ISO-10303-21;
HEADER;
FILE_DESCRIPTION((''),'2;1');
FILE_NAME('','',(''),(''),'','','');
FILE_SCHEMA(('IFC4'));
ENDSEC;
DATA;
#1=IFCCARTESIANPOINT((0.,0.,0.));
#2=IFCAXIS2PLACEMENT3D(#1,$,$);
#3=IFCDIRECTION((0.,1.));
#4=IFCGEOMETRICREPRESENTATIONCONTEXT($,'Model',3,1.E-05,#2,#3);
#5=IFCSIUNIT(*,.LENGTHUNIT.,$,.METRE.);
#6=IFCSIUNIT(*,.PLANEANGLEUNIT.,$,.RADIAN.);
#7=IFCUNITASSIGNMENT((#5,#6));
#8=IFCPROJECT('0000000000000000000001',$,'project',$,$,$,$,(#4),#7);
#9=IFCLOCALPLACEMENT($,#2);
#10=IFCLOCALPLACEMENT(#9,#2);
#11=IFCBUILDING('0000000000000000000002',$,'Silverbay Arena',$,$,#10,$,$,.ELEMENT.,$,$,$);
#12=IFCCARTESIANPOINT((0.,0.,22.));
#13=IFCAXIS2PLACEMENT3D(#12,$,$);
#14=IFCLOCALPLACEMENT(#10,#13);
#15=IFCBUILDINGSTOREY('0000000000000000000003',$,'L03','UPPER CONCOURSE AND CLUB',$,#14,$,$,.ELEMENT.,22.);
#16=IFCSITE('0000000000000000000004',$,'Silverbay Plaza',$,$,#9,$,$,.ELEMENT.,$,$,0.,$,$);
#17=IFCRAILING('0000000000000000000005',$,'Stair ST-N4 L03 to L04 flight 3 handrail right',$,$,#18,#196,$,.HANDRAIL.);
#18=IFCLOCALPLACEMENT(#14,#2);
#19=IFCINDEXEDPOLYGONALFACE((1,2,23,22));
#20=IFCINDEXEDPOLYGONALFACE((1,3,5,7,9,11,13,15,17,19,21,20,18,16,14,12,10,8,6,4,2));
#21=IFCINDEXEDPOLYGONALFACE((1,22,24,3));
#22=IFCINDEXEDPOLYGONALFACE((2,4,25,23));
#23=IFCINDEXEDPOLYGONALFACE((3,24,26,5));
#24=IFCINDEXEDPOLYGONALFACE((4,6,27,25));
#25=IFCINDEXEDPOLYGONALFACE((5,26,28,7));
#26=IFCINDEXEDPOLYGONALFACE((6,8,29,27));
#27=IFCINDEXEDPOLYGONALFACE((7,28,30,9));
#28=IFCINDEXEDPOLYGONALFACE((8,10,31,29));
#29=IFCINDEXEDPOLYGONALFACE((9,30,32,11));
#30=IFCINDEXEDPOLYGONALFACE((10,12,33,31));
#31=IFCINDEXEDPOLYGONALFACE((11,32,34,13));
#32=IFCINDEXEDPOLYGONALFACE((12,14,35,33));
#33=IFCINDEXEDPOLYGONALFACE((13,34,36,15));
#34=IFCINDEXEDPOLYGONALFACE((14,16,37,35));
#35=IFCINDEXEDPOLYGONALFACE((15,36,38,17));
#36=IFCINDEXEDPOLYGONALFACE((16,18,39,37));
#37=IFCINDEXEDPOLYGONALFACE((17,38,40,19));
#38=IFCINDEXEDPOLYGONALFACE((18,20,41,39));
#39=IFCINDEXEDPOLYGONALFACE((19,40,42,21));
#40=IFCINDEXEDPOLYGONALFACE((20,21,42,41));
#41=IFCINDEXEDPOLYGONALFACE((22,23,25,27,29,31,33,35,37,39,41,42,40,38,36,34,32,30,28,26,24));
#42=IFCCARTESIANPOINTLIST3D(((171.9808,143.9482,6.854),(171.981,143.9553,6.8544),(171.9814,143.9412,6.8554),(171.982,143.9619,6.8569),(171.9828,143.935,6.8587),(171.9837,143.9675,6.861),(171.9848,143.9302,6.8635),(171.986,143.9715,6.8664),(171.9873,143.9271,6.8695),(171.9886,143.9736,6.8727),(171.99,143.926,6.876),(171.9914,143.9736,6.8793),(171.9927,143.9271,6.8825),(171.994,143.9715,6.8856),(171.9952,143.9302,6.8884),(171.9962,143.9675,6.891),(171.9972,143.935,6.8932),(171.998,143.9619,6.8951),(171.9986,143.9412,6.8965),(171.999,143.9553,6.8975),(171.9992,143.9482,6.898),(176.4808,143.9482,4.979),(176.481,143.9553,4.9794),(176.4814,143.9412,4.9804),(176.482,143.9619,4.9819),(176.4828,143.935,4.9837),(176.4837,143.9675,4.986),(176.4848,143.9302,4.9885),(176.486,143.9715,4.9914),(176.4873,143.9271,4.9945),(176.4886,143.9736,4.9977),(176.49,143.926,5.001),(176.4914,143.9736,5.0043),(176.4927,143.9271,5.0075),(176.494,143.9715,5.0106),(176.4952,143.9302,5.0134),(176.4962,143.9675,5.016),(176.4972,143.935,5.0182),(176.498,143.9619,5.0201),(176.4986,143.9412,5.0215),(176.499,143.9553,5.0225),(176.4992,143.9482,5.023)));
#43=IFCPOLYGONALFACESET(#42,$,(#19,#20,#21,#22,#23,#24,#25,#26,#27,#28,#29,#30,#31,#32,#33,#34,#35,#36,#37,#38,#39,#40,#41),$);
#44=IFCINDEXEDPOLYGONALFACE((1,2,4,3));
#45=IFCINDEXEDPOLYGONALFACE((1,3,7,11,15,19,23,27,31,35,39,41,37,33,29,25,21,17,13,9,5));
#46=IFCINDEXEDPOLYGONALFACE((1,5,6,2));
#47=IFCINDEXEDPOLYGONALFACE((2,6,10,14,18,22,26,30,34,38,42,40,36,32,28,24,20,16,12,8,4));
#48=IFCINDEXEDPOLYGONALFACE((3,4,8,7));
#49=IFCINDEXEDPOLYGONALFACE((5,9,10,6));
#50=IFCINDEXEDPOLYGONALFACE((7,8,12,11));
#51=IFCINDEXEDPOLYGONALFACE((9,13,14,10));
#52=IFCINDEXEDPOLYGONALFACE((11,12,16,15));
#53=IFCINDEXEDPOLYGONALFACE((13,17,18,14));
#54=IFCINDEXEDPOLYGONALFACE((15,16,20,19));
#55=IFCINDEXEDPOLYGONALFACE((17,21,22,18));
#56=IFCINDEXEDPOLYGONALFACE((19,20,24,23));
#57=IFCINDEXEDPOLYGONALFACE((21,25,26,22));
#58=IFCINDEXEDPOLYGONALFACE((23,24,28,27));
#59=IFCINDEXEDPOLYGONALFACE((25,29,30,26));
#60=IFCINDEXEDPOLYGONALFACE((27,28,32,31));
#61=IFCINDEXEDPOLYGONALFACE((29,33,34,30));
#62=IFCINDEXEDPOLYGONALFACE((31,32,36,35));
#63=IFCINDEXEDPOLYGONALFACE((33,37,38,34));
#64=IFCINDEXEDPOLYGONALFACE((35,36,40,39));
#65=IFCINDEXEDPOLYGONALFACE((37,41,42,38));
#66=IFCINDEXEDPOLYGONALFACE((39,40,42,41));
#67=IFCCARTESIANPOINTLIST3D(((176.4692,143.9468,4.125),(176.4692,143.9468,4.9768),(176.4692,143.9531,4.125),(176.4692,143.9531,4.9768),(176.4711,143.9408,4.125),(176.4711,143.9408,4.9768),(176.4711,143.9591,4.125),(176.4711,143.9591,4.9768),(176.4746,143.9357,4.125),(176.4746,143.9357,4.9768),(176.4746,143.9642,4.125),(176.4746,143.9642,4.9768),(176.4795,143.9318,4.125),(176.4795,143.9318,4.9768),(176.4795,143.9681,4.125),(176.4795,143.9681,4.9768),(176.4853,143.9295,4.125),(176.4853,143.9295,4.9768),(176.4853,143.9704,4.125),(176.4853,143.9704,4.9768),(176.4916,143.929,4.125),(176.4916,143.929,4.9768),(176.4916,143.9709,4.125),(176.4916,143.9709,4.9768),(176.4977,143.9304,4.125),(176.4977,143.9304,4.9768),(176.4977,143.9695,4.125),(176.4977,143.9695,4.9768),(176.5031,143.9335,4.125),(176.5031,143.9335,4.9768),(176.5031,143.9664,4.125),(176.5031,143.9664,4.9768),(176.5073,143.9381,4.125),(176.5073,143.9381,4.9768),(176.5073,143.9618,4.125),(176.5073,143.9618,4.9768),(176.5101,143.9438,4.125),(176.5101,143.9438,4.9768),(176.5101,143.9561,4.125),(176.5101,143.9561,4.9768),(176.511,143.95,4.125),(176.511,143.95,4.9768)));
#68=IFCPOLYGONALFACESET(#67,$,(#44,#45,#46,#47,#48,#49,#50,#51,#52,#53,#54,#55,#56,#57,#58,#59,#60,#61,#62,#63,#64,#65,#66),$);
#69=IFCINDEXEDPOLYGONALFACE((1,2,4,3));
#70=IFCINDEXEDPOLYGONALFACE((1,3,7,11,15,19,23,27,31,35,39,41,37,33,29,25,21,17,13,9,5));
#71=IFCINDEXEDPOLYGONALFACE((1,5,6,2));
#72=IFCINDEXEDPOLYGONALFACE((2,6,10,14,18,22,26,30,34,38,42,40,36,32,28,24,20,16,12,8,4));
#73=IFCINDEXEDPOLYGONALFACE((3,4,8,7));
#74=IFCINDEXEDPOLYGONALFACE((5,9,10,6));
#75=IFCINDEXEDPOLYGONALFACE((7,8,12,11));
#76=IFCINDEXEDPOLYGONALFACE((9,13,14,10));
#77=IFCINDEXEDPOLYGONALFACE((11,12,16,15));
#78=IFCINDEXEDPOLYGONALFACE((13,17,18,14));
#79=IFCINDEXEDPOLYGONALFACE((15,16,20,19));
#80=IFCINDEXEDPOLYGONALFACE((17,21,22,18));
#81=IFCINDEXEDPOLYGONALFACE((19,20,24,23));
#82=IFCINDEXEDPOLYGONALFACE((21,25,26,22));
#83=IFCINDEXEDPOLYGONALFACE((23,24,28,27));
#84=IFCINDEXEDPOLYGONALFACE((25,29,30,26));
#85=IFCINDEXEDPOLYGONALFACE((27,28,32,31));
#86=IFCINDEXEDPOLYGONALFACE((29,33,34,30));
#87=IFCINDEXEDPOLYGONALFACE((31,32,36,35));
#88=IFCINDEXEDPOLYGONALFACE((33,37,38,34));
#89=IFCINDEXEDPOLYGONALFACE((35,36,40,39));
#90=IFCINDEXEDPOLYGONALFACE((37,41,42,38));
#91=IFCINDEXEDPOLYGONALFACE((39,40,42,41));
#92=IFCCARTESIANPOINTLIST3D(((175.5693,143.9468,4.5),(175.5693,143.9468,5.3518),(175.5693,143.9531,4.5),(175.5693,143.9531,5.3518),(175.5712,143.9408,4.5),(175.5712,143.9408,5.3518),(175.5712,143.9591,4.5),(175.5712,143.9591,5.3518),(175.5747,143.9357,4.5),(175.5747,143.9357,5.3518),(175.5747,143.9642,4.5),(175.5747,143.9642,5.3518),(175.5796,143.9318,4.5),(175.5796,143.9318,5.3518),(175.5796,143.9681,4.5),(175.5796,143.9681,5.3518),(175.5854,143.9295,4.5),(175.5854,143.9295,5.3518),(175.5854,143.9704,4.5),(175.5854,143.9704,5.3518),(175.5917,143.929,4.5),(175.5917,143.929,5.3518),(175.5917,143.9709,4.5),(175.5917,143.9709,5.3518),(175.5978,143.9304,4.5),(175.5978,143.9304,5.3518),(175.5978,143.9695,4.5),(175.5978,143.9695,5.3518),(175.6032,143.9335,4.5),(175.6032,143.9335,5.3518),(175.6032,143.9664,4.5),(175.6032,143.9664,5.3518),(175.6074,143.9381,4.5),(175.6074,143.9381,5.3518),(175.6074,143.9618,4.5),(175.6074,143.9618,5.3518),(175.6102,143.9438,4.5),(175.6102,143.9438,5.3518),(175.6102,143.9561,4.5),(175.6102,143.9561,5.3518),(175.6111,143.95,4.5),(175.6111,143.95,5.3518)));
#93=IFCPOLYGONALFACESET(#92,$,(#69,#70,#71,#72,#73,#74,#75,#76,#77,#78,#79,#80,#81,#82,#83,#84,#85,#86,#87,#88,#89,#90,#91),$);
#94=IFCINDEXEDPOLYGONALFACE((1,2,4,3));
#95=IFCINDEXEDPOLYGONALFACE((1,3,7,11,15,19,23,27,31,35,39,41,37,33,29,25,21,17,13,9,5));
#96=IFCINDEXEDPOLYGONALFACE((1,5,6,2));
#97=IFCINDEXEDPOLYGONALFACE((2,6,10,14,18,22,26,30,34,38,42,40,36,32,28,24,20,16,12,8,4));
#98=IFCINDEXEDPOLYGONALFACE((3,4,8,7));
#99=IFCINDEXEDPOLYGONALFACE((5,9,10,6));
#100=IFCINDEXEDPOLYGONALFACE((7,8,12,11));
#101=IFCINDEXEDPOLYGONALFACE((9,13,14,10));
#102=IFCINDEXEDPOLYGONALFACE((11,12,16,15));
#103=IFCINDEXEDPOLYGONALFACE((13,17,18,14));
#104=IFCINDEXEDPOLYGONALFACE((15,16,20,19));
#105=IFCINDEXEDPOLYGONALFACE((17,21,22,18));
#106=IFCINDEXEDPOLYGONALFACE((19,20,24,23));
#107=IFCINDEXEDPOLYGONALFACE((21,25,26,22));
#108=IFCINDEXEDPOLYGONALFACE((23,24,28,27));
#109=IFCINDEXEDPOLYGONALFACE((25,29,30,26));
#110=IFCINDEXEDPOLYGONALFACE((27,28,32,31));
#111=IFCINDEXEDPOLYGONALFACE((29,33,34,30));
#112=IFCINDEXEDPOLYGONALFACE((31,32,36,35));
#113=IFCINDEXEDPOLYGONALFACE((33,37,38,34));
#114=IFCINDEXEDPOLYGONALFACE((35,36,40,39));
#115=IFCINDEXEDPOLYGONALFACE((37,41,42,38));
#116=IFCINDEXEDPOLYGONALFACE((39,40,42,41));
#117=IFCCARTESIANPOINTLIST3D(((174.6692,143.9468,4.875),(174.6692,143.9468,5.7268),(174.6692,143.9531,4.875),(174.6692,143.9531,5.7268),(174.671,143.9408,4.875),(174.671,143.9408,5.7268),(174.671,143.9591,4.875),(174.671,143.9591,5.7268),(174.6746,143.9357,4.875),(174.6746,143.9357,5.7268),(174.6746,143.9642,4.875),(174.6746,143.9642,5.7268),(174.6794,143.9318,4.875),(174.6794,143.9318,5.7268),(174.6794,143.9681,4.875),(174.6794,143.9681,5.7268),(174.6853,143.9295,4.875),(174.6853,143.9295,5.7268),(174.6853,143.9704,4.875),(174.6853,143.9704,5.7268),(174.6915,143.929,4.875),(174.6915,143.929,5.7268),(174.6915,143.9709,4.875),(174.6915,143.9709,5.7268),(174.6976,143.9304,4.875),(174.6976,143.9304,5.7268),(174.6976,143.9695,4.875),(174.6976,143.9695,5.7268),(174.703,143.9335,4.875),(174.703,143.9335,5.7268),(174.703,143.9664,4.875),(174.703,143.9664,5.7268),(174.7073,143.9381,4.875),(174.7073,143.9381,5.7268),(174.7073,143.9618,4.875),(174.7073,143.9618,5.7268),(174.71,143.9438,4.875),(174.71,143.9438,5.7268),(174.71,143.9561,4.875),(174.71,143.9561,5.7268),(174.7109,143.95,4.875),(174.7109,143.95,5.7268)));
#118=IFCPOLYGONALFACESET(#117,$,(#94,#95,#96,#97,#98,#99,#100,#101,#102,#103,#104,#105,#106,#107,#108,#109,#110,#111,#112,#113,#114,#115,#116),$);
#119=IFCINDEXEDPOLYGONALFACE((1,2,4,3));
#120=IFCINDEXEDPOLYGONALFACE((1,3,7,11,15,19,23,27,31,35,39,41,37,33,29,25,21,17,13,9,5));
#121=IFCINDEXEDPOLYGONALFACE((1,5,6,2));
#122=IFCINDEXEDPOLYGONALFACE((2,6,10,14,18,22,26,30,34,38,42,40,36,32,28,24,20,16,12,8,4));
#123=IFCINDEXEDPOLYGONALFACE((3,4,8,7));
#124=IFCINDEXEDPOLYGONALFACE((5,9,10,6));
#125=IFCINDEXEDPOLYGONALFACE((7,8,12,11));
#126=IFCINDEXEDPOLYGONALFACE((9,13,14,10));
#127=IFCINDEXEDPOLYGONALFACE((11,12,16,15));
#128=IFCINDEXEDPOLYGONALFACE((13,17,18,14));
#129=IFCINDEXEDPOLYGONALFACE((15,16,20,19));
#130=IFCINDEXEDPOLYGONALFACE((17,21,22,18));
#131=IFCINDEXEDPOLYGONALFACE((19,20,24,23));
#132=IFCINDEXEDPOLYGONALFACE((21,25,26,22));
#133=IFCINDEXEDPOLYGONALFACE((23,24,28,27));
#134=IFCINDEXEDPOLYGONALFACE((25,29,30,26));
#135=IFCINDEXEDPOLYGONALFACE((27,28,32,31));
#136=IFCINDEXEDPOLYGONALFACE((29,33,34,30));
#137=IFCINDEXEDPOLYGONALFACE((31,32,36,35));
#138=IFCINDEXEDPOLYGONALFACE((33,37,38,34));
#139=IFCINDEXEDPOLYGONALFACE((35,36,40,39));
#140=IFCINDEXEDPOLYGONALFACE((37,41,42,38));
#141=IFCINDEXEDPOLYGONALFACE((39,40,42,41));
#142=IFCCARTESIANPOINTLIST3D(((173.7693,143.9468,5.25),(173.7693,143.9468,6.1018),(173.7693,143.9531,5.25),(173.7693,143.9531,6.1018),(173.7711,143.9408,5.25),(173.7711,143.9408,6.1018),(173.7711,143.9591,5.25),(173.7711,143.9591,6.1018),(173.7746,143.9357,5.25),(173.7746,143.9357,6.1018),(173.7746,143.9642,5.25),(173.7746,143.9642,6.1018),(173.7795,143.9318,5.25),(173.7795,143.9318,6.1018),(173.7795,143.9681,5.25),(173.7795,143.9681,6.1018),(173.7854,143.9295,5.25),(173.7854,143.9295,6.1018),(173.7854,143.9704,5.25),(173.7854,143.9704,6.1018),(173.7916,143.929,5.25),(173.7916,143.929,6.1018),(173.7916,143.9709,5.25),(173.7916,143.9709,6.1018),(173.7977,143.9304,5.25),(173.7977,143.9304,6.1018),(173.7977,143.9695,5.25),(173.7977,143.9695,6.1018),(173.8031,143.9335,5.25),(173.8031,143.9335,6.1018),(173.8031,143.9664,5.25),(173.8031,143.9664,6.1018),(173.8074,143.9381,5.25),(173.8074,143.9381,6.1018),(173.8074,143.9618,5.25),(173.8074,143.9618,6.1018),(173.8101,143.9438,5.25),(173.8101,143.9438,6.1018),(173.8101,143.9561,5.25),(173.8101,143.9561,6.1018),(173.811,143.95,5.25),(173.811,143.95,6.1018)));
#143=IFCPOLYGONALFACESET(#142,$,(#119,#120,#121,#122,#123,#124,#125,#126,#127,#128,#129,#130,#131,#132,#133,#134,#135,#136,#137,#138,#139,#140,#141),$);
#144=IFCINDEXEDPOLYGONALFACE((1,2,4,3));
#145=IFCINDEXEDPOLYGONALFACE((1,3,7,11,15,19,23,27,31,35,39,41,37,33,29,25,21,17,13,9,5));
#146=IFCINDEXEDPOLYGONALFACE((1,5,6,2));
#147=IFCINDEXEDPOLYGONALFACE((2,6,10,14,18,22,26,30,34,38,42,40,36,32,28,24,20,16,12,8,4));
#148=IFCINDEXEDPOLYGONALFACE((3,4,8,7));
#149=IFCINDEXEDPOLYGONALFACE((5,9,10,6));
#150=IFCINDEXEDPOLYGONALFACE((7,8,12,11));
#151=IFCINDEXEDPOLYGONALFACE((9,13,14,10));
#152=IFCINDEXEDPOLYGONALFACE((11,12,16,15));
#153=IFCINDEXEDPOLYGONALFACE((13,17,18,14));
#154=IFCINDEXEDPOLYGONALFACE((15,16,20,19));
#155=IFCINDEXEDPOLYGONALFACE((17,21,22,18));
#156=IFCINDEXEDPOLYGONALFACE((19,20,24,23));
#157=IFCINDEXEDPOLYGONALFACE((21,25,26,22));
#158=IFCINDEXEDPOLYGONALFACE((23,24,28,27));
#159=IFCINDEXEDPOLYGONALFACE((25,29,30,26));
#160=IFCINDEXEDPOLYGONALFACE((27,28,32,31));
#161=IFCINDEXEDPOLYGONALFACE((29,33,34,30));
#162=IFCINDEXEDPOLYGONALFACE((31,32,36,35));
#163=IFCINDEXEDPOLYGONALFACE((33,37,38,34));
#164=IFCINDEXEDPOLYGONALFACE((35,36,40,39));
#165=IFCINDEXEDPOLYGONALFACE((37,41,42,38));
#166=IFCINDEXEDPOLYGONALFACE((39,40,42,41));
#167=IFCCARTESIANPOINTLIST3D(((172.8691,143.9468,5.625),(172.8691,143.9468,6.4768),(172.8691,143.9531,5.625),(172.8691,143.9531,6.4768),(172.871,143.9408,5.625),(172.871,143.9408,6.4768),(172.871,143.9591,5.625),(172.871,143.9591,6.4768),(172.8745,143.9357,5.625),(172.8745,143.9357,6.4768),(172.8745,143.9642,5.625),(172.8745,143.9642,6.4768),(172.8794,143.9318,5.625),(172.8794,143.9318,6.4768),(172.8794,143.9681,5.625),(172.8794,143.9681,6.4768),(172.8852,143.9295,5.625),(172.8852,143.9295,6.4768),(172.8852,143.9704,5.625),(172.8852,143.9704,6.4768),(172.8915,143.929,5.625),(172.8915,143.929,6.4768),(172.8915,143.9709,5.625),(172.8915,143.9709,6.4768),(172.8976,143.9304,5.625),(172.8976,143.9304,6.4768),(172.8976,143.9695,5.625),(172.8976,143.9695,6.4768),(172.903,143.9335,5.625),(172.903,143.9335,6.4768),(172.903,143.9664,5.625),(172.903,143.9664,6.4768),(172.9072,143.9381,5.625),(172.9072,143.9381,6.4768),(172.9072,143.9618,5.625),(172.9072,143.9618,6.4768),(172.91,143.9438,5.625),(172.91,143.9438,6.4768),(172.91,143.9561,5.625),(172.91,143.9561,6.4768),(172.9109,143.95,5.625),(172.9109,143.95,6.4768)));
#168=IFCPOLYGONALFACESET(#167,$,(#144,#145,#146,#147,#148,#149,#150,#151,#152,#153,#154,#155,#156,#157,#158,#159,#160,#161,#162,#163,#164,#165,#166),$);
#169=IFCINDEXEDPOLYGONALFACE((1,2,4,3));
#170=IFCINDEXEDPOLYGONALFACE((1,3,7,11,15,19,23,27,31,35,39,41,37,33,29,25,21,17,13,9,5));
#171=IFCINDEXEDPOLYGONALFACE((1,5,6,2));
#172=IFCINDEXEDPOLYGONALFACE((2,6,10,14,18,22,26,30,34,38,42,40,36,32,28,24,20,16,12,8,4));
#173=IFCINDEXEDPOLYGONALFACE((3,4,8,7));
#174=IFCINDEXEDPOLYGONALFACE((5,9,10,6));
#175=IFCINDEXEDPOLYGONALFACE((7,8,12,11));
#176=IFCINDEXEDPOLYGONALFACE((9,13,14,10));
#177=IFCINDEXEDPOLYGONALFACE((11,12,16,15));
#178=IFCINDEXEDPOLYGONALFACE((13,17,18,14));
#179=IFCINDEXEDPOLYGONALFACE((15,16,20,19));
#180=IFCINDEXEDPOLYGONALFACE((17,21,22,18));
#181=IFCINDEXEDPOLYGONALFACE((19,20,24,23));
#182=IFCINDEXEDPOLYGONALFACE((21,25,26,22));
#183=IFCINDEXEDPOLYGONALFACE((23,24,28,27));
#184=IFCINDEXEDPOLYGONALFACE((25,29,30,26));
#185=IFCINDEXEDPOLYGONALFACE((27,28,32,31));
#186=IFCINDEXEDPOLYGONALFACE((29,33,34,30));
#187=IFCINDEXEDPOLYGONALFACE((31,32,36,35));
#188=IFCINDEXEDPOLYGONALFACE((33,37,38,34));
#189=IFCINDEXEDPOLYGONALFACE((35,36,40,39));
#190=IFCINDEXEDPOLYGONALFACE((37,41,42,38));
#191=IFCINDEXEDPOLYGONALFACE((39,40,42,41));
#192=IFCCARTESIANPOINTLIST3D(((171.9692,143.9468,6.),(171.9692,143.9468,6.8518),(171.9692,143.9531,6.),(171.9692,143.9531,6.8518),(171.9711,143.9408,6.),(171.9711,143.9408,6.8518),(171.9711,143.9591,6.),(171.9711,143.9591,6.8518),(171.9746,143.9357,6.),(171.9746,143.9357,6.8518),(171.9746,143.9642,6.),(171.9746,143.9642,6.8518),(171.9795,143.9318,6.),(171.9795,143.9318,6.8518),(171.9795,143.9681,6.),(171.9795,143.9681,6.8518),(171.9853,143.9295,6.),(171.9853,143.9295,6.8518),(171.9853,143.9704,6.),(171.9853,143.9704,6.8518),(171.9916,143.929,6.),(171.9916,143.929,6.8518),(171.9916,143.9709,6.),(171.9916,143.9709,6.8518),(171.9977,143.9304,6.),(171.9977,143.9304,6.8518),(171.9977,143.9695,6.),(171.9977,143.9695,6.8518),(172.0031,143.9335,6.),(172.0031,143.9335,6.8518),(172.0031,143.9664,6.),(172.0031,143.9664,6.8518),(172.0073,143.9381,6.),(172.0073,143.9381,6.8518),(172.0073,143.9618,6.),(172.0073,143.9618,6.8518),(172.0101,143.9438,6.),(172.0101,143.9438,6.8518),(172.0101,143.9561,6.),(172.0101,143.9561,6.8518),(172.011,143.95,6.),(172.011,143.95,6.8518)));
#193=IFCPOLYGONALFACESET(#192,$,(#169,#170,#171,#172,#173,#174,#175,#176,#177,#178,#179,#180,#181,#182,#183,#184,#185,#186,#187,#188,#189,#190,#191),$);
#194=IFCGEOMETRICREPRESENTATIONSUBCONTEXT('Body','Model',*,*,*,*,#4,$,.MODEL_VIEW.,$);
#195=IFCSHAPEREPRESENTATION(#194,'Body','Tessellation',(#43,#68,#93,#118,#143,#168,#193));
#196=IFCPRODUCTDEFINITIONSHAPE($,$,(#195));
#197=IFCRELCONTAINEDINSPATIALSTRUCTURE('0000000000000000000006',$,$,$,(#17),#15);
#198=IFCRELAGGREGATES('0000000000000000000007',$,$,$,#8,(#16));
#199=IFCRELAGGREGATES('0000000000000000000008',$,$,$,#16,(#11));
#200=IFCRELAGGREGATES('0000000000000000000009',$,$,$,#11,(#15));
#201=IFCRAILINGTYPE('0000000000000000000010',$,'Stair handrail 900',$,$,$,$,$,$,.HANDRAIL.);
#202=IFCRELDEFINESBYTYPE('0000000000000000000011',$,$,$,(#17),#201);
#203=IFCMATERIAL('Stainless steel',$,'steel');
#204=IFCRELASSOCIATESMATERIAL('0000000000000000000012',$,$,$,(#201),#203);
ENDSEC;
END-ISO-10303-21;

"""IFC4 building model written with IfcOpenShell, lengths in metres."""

from ifc_helpers import new_model, si_unit, direction, frame, origin, origin_2d, place, context, subcontext, project, spatial, circle, extrude, material, type_object, element, save


model = new_model("IFC4")

# Units and contexts
model_context = context("Model", 3, precision=1e-05, world=origin(), true_north=direction((0.0, 1.0)))
body_context = subcontext(model_context, "Body", "Model", "MODEL_VIEW")
ifc_project = project(units=[si_unit("LENGTHUNIT", "METRE"), si_unit("PLANEANGLEUNIT", "RADIAN")], contexts=[model_context])

# Site, building, storey
site_placement = place(None, origin())
site = spatial("IfcSite", under=ifc_project, at=site_placement, Name="Silverbay Plaza", CompositionType="ELEMENT", RefElevation=0.0)
building_placement = place(site_placement, origin())
building = spatial("IfcBuilding", under=site, at=building_placement, Name="Silverbay Arena", CompositionType="ELEMENT")
storey_placement = place(building_placement, frame((0.0, 0.0, 22.0)))
storey = spatial("IfcBuildingStorey", under=building, at=storey_placement, Name="L03", Description="UPPER CONCOURSE AND CLUB", CompositionType="ELEMENT", Elevation=22.0)

# Railing
ifc_material_1 = material(Name="Stainless steel", Category="steel")
railing_type_1 = type_object("IfcRailingType", Name="Stair handrail 900", PredefinedType="HANDRAIL", material=ifc_material_1)
for number, where, name in (
    (1, (176.49, 143.95, 4.125), "Stair ST-N4 L03 to L04 flight 3 handrail right"),
):
    element("IfcRailing", number, at=place(storey_placement, frame(where)), inside=storey, type_object=railing_type_1, Name=name, PredefinedType="HANDRAIL", context=body_context, shape_type="SweptSolid", body=[
        extrude(circle(Radius=0.0239, at=origin_2d()), frame((0.0, 0.0, 0.876), z_axis=(-0.923077, 0.0, 0.384615), x_axis=(0.0, -1.0, 0.0)), (0.0, 0.0, 1.0), 4.875),
        extrude(circle(Radius=0.021, at=origin_2d()), origin(), (0.0, 0.0, 1.0), 0.8518),
        extrude(circle(Radius=0.021, at=origin_2d()), frame((-0.8999, 0.0, 0.375)), (0.0, 0.0, 1.0), 0.8518),
        extrude(circle(Radius=0.021, at=origin_2d()), frame((-1.8, 0.0, 0.75)), (0.0, 0.0, 1.0), 0.8518),
        extrude(circle(Radius=0.021, at=origin_2d()), frame((-2.7, 0.0, 1.125)), (0.0, 0.0, 1.0), 0.8518),
        extrude(circle(Radius=0.021, at=origin_2d()), frame((-3.6001, 0.0, 1.5)), (0.0, 0.0, 1.0), 0.8518),
        extrude(circle(Radius=0.021, at=origin_2d()), frame((-4.5, 0.0, 1.875)), (0.0, 0.0, 1.0), 0.8518),
    ])

save(model, "model.ifc")
